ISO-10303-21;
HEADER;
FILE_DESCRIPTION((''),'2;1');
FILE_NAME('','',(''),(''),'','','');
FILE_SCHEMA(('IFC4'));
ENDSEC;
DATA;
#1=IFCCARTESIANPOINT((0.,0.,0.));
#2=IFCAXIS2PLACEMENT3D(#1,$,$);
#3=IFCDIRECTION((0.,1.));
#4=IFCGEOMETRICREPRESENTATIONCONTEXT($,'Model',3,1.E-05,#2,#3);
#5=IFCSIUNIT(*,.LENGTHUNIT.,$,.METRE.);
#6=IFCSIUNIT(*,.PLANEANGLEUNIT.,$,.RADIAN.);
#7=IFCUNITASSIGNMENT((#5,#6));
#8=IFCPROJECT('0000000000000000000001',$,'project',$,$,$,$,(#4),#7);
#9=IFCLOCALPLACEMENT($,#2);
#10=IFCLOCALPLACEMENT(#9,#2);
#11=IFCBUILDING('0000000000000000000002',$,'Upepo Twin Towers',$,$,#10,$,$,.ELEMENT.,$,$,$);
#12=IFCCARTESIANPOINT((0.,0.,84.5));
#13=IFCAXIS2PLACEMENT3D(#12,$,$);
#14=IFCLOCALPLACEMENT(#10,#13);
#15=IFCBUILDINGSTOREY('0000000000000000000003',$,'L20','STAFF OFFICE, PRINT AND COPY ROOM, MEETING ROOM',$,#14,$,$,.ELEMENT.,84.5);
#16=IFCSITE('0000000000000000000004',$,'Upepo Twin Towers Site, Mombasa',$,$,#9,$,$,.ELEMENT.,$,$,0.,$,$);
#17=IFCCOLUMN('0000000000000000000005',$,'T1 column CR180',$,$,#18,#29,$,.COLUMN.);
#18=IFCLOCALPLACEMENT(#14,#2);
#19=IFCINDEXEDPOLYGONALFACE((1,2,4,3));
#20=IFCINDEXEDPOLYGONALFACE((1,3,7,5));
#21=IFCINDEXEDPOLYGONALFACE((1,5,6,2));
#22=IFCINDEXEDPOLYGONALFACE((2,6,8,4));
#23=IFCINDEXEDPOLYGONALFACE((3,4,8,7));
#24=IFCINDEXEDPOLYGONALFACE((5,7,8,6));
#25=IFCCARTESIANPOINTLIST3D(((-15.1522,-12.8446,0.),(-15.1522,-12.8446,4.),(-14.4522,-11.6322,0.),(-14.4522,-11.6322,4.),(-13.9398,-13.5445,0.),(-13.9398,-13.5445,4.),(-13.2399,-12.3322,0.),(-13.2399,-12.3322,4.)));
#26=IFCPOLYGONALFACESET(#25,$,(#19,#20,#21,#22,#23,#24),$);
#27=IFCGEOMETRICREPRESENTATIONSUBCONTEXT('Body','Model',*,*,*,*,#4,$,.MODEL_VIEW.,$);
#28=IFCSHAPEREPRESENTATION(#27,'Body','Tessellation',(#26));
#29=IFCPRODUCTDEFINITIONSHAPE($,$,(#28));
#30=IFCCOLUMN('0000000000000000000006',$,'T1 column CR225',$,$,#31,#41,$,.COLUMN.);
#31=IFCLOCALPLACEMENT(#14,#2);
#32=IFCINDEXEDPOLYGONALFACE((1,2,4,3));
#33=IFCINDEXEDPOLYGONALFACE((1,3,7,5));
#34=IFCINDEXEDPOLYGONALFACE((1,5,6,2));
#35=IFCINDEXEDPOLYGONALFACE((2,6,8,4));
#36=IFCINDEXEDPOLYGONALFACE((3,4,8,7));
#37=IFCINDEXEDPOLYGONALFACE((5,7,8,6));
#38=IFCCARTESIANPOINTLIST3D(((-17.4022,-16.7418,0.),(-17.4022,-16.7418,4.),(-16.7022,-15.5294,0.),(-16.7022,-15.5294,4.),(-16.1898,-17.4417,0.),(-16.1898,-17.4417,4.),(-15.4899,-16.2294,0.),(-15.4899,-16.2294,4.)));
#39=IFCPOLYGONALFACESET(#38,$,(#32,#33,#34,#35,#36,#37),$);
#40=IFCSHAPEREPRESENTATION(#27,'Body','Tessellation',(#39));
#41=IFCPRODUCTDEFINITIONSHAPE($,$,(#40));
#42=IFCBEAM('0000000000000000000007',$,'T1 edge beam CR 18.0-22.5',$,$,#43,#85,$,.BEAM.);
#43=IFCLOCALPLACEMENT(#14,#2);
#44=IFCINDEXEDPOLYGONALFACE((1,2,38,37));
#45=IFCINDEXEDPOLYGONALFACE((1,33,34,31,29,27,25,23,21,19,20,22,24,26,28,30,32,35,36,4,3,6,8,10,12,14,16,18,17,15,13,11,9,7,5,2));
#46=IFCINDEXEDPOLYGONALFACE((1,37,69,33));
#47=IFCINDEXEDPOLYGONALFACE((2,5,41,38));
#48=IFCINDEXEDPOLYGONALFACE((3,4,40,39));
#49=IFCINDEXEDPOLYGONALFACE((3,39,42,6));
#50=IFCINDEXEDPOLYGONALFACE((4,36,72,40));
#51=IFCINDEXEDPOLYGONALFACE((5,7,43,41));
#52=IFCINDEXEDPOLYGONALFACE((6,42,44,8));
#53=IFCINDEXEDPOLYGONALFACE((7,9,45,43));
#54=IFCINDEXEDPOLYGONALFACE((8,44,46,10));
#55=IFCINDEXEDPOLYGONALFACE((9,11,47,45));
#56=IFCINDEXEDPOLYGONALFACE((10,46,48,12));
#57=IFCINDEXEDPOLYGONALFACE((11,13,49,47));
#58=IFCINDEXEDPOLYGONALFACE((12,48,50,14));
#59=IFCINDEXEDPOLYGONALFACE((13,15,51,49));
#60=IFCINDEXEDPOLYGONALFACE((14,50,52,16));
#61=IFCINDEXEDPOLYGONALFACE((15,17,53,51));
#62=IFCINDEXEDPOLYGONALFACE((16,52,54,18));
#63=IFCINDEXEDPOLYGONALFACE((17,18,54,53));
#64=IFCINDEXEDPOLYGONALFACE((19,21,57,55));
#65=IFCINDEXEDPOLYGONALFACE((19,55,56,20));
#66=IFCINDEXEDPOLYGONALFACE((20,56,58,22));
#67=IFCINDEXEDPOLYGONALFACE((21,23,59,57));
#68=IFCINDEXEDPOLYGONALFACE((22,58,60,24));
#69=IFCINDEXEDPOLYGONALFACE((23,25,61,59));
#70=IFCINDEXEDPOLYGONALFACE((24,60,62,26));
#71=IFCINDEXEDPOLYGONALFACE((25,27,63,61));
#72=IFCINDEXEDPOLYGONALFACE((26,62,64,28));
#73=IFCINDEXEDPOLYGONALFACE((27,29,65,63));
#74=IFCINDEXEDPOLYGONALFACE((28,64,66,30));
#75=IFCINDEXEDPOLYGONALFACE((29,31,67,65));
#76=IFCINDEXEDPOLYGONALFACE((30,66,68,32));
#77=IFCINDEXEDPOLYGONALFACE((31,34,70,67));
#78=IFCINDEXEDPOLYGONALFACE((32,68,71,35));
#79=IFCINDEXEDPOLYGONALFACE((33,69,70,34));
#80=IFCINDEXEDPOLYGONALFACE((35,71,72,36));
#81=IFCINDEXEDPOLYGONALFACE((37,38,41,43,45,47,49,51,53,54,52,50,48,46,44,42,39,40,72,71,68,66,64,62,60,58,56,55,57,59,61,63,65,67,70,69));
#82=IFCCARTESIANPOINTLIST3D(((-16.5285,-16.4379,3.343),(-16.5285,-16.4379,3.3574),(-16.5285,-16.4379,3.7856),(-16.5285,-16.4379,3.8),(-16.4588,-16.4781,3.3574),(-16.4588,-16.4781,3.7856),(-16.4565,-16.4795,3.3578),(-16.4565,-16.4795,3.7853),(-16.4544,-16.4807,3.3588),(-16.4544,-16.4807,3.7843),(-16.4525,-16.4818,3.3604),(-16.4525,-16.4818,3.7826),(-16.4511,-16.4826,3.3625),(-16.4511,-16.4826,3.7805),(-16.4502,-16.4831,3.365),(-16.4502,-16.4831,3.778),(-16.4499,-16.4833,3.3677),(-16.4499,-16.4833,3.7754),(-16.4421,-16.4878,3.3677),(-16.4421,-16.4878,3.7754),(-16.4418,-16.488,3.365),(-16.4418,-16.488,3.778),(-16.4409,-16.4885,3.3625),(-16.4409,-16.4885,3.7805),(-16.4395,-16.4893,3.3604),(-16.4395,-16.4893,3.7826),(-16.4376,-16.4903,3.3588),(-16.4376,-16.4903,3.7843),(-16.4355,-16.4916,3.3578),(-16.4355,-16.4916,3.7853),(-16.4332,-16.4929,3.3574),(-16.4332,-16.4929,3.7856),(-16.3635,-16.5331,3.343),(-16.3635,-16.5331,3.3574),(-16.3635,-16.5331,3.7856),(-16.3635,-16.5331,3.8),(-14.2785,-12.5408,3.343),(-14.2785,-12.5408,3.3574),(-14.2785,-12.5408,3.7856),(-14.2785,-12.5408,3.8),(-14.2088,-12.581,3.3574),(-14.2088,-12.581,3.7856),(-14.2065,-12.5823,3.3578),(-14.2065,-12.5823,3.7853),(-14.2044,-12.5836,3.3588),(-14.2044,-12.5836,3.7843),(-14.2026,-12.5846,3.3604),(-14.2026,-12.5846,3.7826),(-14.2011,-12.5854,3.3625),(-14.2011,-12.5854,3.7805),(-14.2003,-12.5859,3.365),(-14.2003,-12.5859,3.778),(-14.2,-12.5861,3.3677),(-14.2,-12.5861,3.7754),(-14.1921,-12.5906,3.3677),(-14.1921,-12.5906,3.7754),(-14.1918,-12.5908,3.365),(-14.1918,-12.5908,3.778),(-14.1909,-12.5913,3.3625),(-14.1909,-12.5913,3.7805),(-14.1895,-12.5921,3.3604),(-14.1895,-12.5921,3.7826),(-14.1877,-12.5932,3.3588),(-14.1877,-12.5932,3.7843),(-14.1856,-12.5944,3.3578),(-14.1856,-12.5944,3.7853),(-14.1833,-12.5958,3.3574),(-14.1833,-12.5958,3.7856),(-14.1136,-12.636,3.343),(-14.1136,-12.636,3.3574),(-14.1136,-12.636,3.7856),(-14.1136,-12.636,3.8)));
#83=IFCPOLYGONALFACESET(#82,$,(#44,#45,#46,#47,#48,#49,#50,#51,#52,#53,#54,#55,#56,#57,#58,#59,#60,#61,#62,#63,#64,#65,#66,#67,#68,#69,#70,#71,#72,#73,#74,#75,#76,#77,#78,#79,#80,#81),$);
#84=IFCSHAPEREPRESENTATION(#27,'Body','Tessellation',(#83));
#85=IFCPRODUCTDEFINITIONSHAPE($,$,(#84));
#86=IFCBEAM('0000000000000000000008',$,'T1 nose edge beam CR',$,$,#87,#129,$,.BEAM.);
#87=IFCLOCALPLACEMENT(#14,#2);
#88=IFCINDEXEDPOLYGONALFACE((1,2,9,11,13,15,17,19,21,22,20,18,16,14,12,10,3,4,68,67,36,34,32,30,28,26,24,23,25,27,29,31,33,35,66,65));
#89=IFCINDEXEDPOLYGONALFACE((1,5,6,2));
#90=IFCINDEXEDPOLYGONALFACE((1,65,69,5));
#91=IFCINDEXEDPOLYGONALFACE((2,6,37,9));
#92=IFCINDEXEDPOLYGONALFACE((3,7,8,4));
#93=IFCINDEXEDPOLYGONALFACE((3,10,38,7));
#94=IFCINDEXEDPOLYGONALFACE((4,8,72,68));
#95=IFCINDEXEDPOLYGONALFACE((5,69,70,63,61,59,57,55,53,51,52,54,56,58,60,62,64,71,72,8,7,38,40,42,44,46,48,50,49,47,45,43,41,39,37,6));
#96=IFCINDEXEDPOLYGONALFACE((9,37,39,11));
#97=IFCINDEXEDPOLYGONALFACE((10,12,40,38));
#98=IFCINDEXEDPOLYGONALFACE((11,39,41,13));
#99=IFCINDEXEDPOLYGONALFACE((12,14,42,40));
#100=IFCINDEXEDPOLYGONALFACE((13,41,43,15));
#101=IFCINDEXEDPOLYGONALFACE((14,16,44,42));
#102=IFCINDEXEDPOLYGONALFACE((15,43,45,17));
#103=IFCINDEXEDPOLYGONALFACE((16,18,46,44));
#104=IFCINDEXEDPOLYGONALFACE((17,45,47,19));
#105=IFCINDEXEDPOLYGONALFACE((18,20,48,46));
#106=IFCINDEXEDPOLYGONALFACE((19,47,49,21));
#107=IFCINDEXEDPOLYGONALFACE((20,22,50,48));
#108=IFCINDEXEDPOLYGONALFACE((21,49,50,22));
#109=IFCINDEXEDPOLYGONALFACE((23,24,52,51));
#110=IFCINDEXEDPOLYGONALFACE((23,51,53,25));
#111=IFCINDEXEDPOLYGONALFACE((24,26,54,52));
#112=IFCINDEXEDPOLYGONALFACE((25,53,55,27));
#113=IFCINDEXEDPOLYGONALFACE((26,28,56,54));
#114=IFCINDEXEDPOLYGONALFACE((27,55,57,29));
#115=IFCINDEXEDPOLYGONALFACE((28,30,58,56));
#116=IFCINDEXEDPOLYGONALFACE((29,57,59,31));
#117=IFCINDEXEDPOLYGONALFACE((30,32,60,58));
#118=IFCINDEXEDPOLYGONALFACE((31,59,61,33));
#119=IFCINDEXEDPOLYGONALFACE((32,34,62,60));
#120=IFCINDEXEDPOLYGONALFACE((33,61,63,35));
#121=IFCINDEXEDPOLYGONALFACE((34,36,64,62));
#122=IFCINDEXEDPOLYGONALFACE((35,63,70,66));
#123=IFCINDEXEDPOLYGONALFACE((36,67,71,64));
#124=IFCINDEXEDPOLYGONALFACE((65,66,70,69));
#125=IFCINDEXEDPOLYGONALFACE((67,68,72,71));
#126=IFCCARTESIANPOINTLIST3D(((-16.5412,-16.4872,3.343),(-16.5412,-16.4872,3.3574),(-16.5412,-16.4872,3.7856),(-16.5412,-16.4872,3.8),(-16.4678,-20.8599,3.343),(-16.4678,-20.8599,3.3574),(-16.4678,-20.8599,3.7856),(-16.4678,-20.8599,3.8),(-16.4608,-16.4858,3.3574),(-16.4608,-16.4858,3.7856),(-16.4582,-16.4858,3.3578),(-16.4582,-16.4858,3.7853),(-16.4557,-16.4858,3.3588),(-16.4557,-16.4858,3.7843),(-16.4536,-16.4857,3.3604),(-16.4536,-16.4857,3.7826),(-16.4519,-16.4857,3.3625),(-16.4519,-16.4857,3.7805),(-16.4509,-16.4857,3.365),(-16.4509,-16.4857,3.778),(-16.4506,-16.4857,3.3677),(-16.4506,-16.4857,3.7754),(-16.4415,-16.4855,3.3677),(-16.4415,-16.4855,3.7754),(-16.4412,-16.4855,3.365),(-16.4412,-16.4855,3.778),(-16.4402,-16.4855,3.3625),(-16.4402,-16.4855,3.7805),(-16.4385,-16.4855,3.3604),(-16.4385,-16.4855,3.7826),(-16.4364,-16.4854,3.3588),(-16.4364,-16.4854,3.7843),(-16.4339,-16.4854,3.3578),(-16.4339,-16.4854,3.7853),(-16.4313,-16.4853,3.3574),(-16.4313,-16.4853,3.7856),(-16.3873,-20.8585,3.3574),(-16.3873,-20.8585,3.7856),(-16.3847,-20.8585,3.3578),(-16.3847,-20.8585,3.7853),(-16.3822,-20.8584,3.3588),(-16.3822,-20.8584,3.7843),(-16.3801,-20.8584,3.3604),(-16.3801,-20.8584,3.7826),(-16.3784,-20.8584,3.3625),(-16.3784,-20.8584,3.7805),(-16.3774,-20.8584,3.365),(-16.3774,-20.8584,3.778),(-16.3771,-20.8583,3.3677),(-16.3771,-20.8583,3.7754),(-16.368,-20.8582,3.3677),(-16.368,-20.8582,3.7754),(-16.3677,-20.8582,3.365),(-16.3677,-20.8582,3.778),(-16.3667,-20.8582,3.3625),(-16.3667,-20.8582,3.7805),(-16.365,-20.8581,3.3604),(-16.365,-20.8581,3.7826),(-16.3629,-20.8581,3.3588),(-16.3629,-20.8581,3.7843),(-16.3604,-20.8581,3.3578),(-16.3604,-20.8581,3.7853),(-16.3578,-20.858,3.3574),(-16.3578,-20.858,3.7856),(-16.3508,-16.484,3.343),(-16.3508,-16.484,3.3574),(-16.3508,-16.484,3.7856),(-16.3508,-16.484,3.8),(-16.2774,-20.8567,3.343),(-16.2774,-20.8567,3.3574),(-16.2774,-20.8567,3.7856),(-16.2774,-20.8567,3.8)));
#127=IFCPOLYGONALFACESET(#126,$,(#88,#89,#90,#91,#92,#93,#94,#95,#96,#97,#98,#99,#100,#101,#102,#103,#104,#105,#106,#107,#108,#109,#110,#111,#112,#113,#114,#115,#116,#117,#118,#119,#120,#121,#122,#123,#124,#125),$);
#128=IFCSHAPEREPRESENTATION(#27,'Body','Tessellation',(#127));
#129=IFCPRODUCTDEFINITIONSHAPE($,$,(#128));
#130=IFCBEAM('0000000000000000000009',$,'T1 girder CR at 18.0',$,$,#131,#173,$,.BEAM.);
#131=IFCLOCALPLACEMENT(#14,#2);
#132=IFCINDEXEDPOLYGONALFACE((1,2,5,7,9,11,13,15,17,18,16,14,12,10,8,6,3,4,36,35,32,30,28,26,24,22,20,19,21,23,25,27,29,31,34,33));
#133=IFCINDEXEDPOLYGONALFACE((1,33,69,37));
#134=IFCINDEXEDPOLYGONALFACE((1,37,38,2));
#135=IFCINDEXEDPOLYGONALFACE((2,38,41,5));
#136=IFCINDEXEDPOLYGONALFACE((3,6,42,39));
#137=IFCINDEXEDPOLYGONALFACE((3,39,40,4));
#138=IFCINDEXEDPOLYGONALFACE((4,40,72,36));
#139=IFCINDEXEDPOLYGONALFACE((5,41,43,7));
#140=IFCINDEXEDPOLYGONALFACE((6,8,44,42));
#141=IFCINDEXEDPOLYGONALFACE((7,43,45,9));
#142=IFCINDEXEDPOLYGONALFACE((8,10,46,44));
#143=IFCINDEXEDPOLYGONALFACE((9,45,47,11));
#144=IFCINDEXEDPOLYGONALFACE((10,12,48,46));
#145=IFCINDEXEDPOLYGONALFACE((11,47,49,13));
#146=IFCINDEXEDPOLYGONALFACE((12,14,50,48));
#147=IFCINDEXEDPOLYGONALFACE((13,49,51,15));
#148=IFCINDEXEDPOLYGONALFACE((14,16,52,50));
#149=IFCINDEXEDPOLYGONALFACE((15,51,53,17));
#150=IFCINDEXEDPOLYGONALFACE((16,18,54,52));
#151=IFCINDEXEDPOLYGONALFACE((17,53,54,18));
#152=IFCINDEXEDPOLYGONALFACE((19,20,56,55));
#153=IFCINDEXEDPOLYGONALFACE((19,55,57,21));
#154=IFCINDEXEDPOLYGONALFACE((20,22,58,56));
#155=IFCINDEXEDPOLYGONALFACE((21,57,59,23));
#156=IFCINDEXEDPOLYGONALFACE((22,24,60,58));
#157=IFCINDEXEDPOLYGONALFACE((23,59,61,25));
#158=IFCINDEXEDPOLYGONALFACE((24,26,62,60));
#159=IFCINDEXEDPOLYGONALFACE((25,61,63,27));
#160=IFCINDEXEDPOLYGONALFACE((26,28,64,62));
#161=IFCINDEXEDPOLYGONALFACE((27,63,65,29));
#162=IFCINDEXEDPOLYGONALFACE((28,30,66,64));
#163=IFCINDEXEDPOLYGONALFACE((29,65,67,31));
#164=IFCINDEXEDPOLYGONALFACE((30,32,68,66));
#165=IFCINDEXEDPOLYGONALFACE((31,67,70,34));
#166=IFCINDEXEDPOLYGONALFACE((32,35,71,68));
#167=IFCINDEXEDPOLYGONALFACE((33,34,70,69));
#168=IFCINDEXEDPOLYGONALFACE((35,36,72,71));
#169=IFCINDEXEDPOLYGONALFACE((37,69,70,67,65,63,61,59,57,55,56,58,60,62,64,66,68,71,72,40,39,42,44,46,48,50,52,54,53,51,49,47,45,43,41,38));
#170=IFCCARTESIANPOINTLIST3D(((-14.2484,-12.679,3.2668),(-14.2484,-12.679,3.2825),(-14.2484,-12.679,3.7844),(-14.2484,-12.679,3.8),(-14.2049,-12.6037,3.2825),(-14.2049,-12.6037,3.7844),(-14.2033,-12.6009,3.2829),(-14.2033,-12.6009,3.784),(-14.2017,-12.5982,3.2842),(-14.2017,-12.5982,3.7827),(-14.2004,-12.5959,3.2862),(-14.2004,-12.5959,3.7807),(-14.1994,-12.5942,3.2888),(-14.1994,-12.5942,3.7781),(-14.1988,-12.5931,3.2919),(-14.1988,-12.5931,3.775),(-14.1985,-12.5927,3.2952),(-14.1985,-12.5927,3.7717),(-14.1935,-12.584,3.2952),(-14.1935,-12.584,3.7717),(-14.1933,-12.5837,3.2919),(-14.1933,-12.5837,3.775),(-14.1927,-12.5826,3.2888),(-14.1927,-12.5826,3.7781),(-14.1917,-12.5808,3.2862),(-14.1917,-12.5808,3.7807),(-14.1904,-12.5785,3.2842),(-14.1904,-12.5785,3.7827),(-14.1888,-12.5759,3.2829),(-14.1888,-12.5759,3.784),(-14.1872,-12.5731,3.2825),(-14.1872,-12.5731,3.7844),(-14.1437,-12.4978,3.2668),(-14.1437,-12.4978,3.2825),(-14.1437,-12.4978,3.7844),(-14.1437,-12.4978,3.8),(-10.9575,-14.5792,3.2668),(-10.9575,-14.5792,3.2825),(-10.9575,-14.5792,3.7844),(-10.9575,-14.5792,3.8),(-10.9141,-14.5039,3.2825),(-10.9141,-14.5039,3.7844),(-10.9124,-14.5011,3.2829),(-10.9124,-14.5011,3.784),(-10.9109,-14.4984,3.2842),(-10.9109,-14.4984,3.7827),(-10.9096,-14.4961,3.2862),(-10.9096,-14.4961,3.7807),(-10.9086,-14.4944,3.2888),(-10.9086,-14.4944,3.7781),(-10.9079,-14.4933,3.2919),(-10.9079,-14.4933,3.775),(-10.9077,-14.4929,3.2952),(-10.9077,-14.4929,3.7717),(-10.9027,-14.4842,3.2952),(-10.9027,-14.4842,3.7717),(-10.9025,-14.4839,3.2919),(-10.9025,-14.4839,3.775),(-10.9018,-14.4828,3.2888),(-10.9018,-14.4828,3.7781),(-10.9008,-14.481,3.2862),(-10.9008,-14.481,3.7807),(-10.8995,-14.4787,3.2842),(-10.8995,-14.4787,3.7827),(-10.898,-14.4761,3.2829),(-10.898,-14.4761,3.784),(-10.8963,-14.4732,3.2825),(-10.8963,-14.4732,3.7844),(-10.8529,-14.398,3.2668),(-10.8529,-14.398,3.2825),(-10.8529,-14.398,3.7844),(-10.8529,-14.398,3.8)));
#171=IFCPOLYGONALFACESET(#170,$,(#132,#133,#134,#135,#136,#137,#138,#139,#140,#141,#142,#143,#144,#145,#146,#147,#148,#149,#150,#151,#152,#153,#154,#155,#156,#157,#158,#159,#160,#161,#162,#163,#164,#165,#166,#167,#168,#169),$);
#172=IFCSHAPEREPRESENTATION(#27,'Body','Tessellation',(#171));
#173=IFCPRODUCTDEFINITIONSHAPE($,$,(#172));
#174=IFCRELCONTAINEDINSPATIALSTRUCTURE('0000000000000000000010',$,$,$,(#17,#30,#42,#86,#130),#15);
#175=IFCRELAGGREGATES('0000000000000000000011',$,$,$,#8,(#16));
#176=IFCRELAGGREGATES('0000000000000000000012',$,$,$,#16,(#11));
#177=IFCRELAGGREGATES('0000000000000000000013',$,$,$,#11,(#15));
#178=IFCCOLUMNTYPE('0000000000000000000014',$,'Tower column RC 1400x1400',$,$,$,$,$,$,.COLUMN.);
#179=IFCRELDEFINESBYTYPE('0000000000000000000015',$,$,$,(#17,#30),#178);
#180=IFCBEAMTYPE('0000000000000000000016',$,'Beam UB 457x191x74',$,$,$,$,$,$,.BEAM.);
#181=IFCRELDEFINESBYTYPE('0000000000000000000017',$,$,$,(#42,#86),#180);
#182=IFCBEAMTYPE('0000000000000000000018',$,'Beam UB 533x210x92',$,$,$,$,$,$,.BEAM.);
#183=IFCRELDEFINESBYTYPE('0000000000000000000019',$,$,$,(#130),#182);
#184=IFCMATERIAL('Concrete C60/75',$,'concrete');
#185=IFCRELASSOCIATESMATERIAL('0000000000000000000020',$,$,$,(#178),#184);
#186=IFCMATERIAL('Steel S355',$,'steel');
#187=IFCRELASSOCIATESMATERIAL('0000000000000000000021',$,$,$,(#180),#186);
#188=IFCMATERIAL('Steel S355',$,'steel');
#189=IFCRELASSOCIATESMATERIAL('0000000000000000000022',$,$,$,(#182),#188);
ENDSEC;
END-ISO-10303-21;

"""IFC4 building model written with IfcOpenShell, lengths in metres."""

from ifc_helpers import new_model, si_unit, direction, frame, origin, origin_2d, place, context, subcontext, project, spatial, rectangle, i_section, extrude, material, material_profile, profile_set, type_object, element, save


model = new_model("IFC4")

# Units and contexts
model_context = context("Model", 3, precision=1e-05, world=origin(), true_north=direction((0.0, 1.0)))
body_context = subcontext(model_context, "Body", "Model", "MODEL_VIEW")
ifc_project = project(units=[si_unit("LENGTHUNIT", "METRE"), si_unit("PLANEANGLEUNIT", "RADIAN")], contexts=[model_context])

# Site, building, storey
site_placement = place(None, origin())
site = spatial("IfcSite", under=ifc_project, at=site_placement, Name="Upepo Twin Towers Site, Mombasa", CompositionType="ELEMENT", RefElevation=0.0)
building_placement = place(site_placement, origin())
building = spatial("IfcBuilding", under=site, at=building_placement, Name="Upepo Twin Towers", CompositionType="ELEMENT")
storey_placement = place(building_placement, frame((0.0, 0.0, 84.5)))
storey = spatial("IfcBuildingStorey", under=building, at=storey_placement, Name="L20", Description="STAFF OFFICE, PRINT AND COPY ROOM, MEETING ROOM", CompositionType="ELEMENT", Elevation=84.5)

# Columns
ifc_material_1 = material(Name="Concrete C60/75", Category="concrete")
ifc_material_profile_1 = material_profile(ifc_material_1, rectangle(XDim=1.3999, YDim=1.3999, at=origin_2d()), Name="RC 1400x1400")
ifc_profile_set_1 = profile_set([ifc_material_profile_1], Name="Concrete C60/75")
column_type = type_object("IfcColumnType", Name="Tower column RC 1400x1400", PredefinedType="COLUMN", material=ifc_profile_set_1)
for number, where, z_axis, x_axis, name in (
    (1, (-14.196, -12.5884, 0.0), (0.0, 0.0, 1.0), (0.5, 0.866025, 0.0), "T1 column CR180"),
    (2, (-16.446, -16.4856, 0.0), (0.0, 0.0, 1.0), (0.5, 0.866025, 0.0), "T1 column CR225"),
):
    element("IfcColumn", number, at=place(storey_placement, frame(where, z_axis=z_axis, x_axis=x_axis)), inside=storey, type_object=column_type, Name=name, PredefinedType="COLUMN", context=body_context, shape_type="SweptSolid", body=[
        extrude(rectangle(XDim=1.3999, YDim=1.3999, at=origin_2d()), origin(), (0.0, 0.0, 1.0), 4.0),
    ])

# Beams
ifc_material_2 = material(Name="Steel S355", Category="steel")
ifc_material_profile_2 = material_profile(ifc_material_2, i_section(OverallWidth=0.1904, OverallDepth=0.457, WebThickness=0.009, FlangeThickness=0.0144, FilletRadius=0.0103, at=origin_2d()), Name="UB 457x191x74")
ifc_profile_set_2 = profile_set([ifc_material_profile_2], Name="Steel S355")
beam_type_1 = type_object("IfcBeamType", Name="Beam UB 457x191x74", PredefinedType="BEAM", material=ifc_profile_set_2)
beam_1_placement = place(storey_placement, frame((-14.196, -12.5884, 3.5715), z_axis=(-0.49999, -0.866031, 0.0), x_axis=(0.866031, -0.49999, 0.0)))
element("IfcBeam", 3, at=beam_1_placement, inside=storey, type_object=beam_type_1, Name="T1 edge beam CR 18.0-22.5", PredefinedType="BEAM", context=body_context, shape_type="SweptSolid", body=[
    extrude(i_section(OverallWidth=0.1904, OverallDepth=0.457, WebThickness=0.009, FlangeThickness=0.0144, FilletRadius=0.0103, at=origin_2d()), origin(), (0.0, 0.0, 1.0), 4.5),
])
beam_2_placement = place(storey_placement, frame((-16.446, -16.4856, 3.5715), z_axis=(0.016804, -0.999859, 0.0), x_axis=(0.999859, 0.016804, 0.0)))
element("IfcBeam", 4, at=beam_2_placement, inside=storey, type_object=beam_type_1, Name="T1 nose edge beam CR", PredefinedType="BEAM", context=body_context, shape_type="SweptSolid", body=[
    extrude(i_section(OverallWidth=0.1904, OverallDepth=0.457, WebThickness=0.009, FlangeThickness=0.0144, FilletRadius=0.0103, at=origin_2d()), origin(), (0.0, 0.0, 1.0), 4.3733),
])
ifc_material_3 = material(Name="Steel S355", Category="steel")
ifc_material_profile_3 = material_profile(ifc_material_3, i_section(OverallWidth=0.2092, OverallDepth=0.5332, WebThickness=0.01, FlangeThickness=0.0156, FilletRadius=0.0127, at=origin_2d()), Name="UB 533x210x92")
ifc_profile_set_3 = profile_set([ifc_material_profile_3], Name="Steel S355")
beam_type_2 = type_object("IfcBeamType", Name="Beam UB 533x210x92", PredefinedType="BEAM", material=ifc_profile_set_3)
beam_3_placement = place(storey_placement, frame((-14.196, -12.5884, 3.5334), z_axis=(0.866, -0.500043, 0.0), x_axis=(0.500043, 0.866, 0.0)))
element("IfcBeam", 5, at=beam_3_placement, inside=storey, type_object=beam_type_2, Name="T1 girder CR at 18.0", PredefinedType="BEAM", context=body_context, shape_type="SweptSolid", body=[
    extrude(i_section(OverallWidth=0.2092, OverallDepth=0.5332, WebThickness=0.01, FlangeThickness=0.0156, FilletRadius=0.0127, at=origin_2d()), origin(), (0.0, 0.0, 1.0), 3.8),
])

save(model, "model.ifc")
